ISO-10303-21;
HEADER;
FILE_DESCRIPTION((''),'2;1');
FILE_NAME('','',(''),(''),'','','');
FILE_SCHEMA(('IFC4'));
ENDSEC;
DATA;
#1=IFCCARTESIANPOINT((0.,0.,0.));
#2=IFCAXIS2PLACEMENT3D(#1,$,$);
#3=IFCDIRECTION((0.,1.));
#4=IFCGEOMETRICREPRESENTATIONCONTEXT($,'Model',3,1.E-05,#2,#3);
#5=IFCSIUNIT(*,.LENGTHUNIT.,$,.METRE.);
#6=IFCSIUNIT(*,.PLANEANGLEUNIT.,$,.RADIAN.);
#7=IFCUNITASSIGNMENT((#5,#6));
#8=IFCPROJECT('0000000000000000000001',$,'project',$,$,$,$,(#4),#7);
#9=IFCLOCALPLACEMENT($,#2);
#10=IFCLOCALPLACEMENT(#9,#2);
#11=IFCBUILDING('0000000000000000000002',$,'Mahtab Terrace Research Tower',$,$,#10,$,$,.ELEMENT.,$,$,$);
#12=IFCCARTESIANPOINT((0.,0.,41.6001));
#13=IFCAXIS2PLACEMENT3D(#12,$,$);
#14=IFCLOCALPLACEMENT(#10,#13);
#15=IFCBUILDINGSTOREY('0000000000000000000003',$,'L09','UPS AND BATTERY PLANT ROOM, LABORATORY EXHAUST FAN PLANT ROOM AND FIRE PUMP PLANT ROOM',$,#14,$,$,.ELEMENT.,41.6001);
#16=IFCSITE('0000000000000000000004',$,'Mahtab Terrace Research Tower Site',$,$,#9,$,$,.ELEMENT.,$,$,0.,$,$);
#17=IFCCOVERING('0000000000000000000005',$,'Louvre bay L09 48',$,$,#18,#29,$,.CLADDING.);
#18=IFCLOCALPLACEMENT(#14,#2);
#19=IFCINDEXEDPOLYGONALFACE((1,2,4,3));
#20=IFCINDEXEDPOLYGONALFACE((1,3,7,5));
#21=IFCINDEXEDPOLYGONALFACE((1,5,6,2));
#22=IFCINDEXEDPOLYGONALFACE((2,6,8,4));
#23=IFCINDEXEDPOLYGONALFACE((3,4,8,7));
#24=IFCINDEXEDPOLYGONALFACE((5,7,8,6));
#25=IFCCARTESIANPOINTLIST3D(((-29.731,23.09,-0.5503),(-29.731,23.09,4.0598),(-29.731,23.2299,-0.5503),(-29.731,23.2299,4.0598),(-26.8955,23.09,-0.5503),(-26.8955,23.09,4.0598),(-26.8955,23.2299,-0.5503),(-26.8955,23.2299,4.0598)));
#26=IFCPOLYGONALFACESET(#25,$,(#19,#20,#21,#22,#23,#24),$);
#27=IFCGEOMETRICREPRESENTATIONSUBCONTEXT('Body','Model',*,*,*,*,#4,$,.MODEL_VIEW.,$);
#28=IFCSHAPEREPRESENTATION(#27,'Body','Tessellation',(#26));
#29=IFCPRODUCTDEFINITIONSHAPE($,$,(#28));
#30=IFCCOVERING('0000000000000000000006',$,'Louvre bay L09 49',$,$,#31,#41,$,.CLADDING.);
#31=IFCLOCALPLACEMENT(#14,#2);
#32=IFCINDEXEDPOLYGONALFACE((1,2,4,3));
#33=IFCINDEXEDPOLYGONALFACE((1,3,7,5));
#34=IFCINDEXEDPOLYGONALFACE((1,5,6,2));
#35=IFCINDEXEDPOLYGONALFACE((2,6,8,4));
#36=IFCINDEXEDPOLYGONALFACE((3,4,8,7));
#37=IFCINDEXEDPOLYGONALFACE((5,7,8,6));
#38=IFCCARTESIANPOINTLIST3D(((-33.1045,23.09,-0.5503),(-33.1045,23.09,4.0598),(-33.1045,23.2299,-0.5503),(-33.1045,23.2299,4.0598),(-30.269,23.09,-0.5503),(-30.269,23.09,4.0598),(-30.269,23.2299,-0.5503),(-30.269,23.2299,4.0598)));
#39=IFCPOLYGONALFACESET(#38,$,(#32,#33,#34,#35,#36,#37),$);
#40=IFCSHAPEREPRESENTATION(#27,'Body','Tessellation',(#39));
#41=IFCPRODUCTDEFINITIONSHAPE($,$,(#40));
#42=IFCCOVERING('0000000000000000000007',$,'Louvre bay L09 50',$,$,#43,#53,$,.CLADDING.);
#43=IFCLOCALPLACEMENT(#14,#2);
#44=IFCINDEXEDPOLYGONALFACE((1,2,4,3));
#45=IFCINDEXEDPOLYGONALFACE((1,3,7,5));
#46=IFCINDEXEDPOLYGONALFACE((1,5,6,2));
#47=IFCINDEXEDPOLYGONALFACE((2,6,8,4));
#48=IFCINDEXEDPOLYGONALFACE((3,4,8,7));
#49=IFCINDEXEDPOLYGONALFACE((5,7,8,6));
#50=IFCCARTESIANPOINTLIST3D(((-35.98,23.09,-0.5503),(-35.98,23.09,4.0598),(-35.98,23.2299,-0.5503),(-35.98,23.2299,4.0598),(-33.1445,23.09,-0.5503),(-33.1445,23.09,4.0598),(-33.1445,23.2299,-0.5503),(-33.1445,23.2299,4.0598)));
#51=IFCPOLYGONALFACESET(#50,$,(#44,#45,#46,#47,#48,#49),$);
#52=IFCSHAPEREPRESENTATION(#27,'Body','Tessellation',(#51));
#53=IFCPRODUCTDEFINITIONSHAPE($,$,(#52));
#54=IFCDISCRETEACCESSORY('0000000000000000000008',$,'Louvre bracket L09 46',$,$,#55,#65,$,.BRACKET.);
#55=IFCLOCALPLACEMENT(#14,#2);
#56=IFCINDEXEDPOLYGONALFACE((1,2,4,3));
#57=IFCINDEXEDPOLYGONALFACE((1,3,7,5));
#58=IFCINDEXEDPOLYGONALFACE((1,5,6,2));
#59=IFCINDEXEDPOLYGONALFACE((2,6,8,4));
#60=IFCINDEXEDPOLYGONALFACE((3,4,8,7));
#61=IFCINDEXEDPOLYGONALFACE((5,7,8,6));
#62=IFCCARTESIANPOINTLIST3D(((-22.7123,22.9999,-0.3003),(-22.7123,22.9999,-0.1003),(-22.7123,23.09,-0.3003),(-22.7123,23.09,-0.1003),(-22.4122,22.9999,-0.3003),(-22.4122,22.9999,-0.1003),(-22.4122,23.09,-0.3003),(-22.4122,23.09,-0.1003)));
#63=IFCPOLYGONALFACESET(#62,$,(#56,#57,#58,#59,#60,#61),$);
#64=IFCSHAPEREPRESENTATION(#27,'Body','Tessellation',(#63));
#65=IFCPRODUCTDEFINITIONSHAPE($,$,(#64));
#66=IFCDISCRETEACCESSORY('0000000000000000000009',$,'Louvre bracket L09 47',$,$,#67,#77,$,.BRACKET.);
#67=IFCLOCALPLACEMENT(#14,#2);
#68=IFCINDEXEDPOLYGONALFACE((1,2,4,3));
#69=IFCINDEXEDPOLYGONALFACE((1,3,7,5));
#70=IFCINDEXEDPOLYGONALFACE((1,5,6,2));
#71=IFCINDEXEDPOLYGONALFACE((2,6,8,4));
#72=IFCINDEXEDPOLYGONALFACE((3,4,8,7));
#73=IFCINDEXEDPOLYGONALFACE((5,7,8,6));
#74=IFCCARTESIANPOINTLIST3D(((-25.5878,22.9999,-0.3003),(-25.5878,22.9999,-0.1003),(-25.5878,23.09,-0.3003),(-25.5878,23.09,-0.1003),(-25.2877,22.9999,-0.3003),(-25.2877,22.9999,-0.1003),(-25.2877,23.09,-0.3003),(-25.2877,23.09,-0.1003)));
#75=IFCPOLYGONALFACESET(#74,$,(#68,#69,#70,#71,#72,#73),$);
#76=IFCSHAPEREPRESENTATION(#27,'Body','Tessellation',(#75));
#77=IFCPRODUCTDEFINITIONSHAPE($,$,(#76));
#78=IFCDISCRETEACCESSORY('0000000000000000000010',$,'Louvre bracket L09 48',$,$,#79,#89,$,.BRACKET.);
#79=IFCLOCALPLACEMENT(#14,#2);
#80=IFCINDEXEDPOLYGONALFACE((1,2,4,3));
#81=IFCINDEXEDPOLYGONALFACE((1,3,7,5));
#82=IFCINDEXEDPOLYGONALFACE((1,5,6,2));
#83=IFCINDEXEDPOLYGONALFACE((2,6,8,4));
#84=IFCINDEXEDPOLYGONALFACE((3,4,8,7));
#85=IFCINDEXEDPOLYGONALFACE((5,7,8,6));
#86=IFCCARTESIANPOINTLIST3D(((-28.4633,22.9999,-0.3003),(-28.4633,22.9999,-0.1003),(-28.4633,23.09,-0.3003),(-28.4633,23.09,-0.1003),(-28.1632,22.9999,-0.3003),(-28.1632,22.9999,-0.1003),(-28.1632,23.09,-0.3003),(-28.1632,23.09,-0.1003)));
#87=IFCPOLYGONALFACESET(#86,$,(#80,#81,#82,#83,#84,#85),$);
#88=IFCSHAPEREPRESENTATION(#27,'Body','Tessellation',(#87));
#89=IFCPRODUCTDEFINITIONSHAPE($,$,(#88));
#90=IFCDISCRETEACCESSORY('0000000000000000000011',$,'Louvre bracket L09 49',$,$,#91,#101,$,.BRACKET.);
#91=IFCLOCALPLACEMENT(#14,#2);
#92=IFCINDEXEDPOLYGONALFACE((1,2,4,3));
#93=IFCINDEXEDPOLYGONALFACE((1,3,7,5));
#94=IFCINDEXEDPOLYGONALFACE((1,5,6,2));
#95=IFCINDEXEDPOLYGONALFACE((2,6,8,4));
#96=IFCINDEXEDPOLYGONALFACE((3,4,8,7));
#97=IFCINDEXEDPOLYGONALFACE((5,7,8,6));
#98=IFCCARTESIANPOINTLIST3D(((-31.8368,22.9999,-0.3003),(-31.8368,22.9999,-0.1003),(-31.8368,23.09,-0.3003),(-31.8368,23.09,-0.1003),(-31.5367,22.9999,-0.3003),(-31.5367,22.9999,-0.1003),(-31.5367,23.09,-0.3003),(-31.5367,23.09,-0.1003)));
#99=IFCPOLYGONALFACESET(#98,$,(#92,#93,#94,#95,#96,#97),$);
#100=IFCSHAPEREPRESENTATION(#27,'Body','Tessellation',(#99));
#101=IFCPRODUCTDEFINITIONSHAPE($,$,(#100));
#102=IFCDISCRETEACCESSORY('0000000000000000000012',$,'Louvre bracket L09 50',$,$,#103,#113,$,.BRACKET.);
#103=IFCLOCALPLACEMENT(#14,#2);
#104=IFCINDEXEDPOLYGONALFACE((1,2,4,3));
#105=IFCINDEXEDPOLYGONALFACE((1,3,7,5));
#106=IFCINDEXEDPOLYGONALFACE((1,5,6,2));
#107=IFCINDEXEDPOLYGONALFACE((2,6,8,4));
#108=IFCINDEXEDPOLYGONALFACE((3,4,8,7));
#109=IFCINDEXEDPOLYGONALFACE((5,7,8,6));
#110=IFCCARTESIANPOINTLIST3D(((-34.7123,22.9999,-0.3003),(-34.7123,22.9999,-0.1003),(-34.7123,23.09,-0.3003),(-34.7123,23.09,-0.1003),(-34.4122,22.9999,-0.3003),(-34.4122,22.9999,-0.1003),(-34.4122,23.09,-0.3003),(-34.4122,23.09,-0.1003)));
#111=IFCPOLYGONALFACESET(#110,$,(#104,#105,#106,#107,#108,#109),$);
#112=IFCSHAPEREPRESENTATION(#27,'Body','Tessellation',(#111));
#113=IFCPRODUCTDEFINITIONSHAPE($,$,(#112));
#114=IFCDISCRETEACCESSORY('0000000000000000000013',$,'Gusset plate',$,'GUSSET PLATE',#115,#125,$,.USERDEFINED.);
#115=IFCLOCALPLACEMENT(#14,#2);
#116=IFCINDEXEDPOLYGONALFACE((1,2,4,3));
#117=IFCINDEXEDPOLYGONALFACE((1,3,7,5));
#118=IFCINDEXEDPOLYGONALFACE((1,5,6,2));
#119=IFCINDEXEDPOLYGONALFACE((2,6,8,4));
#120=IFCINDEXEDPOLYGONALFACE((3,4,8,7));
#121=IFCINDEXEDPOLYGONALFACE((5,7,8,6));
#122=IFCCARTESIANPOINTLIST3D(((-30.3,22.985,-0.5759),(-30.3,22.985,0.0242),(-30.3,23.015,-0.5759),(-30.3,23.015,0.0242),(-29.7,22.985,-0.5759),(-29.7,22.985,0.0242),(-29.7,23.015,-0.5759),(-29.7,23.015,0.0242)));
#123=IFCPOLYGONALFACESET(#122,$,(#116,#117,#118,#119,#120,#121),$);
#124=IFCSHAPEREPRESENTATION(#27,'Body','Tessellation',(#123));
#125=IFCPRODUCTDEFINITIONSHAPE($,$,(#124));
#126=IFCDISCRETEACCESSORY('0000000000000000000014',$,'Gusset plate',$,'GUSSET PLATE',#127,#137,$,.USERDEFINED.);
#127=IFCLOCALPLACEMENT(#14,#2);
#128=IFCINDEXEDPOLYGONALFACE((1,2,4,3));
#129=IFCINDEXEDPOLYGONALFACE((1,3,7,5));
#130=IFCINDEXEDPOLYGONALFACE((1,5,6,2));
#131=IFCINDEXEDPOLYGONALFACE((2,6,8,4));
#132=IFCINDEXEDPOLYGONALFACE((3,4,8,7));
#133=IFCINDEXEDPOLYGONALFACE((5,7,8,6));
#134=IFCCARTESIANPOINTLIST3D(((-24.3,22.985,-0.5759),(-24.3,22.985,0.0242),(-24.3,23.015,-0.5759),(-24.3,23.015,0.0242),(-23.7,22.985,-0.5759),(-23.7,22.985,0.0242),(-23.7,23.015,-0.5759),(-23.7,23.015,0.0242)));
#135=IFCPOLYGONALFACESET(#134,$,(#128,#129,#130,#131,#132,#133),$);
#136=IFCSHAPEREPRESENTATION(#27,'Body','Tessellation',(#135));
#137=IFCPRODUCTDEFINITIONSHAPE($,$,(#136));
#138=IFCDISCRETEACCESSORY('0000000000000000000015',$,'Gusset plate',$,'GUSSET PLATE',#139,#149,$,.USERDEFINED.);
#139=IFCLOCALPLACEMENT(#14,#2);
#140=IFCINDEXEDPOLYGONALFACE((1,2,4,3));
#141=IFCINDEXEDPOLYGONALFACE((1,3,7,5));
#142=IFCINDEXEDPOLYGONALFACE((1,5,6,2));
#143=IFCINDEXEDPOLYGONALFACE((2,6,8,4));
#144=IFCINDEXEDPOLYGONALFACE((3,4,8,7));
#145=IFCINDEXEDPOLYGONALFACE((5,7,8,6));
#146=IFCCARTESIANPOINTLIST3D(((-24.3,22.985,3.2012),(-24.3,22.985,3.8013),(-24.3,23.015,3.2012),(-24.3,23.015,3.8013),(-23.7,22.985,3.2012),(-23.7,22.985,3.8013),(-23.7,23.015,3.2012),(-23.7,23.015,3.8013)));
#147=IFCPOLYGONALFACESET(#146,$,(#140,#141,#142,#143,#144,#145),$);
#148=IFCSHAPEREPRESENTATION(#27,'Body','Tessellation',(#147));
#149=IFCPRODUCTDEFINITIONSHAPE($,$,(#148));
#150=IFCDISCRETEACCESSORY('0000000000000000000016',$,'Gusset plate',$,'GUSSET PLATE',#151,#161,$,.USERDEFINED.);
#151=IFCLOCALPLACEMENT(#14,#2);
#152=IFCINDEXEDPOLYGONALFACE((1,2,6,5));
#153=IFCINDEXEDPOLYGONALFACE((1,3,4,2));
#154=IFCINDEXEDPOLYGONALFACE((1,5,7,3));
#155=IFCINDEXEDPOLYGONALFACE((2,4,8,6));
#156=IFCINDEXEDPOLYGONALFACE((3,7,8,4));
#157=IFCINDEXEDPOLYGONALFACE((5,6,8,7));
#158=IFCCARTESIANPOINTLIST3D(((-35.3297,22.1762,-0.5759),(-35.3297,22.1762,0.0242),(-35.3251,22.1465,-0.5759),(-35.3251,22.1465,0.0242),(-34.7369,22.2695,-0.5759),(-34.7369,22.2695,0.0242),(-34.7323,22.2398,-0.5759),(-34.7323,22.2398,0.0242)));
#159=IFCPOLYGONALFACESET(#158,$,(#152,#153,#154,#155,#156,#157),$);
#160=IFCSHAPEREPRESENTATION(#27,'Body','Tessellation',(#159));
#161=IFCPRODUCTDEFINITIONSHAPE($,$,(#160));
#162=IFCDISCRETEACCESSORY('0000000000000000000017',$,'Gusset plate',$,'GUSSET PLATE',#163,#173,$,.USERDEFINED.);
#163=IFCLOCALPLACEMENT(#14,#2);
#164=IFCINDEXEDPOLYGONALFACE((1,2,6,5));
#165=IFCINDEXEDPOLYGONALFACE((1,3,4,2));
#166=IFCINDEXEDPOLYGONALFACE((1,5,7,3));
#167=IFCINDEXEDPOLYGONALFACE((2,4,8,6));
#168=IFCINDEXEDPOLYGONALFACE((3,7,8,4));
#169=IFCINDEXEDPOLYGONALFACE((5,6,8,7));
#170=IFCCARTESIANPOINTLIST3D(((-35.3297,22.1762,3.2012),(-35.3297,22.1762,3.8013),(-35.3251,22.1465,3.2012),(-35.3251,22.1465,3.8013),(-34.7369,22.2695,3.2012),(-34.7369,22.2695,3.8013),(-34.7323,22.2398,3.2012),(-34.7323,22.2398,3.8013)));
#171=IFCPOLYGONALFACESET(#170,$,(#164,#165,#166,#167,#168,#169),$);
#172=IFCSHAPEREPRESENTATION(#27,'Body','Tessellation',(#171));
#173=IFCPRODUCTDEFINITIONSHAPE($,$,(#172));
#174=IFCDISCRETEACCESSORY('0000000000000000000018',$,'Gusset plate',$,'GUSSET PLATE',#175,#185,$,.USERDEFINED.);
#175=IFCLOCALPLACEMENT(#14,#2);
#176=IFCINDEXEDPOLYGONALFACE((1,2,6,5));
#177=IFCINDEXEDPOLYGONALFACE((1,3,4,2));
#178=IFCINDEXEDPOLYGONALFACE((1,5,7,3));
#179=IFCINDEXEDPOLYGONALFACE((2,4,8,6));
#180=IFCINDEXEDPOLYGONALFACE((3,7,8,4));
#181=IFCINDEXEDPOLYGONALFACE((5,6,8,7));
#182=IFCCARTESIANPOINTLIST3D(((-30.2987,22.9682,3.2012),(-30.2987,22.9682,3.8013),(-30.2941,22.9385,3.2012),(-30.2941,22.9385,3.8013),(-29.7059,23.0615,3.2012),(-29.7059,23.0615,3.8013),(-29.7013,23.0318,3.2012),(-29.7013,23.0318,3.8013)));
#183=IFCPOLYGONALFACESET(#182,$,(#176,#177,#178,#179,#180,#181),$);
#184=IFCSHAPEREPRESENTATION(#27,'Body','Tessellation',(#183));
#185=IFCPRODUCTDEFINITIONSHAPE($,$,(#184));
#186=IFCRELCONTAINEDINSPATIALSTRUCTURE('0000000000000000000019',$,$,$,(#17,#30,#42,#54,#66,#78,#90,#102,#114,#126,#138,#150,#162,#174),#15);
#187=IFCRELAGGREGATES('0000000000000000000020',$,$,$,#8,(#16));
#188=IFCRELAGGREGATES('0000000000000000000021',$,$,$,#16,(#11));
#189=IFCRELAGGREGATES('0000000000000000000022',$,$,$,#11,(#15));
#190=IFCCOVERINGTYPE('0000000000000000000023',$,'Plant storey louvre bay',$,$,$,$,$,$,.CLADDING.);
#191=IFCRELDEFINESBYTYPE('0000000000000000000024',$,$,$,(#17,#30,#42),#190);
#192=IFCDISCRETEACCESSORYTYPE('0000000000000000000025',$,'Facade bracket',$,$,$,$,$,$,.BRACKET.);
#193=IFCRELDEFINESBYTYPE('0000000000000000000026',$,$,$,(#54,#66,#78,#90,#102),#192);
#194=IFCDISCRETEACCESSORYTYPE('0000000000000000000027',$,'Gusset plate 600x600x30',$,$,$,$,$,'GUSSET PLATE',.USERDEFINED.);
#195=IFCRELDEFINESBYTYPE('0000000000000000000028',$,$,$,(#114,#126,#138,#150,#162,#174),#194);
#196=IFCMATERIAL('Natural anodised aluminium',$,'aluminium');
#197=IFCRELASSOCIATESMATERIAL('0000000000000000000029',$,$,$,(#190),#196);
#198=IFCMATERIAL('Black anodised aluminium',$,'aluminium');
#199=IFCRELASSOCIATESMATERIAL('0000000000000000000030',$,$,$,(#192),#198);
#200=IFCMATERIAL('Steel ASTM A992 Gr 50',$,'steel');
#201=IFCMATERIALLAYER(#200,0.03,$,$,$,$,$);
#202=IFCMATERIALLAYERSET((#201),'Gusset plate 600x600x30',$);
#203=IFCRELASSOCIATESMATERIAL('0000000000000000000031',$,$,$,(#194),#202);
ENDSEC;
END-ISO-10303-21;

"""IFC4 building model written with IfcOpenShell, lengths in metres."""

from ifc_helpers import new_model, si_unit, direction, frame, origin, origin_2d, place, context, subcontext, project, spatial, rectangle, extrude, material, layer, layer_set, type_object, element, save


model = new_model("IFC4")

# Units and contexts
model_context = context("Model", 3, precision=1e-05, world=origin(), true_north=direction((0.0, 1.0)))
body_context = subcontext(model_context, "Body", "Model", "MODEL_VIEW")
ifc_project = project(units=[si_unit("LENGTHUNIT", "METRE"), si_unit("PLANEANGLEUNIT", "RADIAN")], contexts=[model_context])

# Site, building, storey
site_placement = place(None, origin())
site = spatial("IfcSite", under=ifc_project, at=site_placement, Name="Mahtab Terrace Research Tower Site", CompositionType="ELEMENT", RefElevation=0.0)
building_placement = place(site_placement, origin())
building = spatial("IfcBuilding", under=site, at=building_placement, Name="Mahtab Terrace Research Tower", CompositionType="ELEMENT")
storey_placement = place(building_placement, frame((0.0, 0.0, 41.6001)))
storey = spatial("IfcBuildingStorey", under=building, at=storey_placement, Name="L09", Description="UPS AND BATTERY PLANT ROOM, LABORATORY EXHAUST FAN PLANT ROOM AND FIRE PUMP PLANT ROOM", CompositionType="ELEMENT", Elevation=41.6001)

# Shared definitions
ifc_material_1 = material(Name="Steel ASTM A992 Gr 50", Category="steel")

# Coverings
ifc_material_2 = material(Name="Natural anodised aluminium", Category="aluminium")
covering_type = type_object("IfcCoveringType", Name="Plant storey louvre bay", PredefinedType="CLADDING", material=ifc_material_2)
for number, where, z_axis, x_axis, name in (
    (1, (-28.3132, 23.1599, -0.5503), (0.0, 0.0, 1.0), (-1.0, 0.0, 0.0), "Louvre bay L09 48"),
    (2, (-31.6868, 23.1599, -0.5503), (0.0, 0.0, 1.0), (-1.0, 0.0, 0.0), "Louvre bay L09 49"),
    (3, (-34.5623, 23.1599, -0.5503), (0.0, 0.0, 1.0), (-1.0, 0.0, 0.0), "Louvre bay L09 50"),
):
    element("IfcCovering", number, at=place(storey_placement, frame(where, z_axis=z_axis, x_axis=x_axis)), inside=storey, type_object=covering_type, Name=name, PredefinedType="CLADDING", context=body_context, shape_type="SweptSolid", body=[
        extrude(rectangle(XDim=2.8354, YDim=0.1399, at=origin_2d()), origin(), (0.0, 0.0, 1.0), 4.6101),
    ])

# Discrete accessories
ifc_material_3 = material(Name="Black anodised aluminium", Category="aluminium")
discrete_accessory_type_1 = type_object("IfcDiscreteAccessoryType", Name="Facade bracket", PredefinedType="BRACKET", material=ifc_material_3)
for number, where, z_axis, x_axis, name in (
    (4, (-22.5623, 23.0449, -0.3003), (0.0, 0.0, 1.0), (-1.0, 0.0, 0.0), "Louvre bracket L09 46"),
    (5, (-25.4377, 23.0449, -0.3003), (0.0, 0.0, 1.0), (-1.0, 0.0, 0.0), "Louvre bracket L09 47"),
    (6, (-28.3132, 23.0449, -0.3003), (0.0, 0.0, 1.0), (-1.0, 0.0, 0.0), "Louvre bracket L09 48"),
    (7, (-31.6868, 23.0449, -0.3003), (0.0, 0.0, 1.0), (-1.0, 0.0, 0.0), "Louvre bracket L09 49"),
    (8, (-34.5623, 23.0449, -0.3003), (0.0, 0.0, 1.0), (-1.0, 0.0, 0.0), "Louvre bracket L09 50"),
):
    element("IfcDiscreteAccessory", number, at=place(storey_placement, frame(where, z_axis=z_axis, x_axis=x_axis)), inside=storey, type_object=discrete_accessory_type_1, Name=name, PredefinedType="BRACKET", context=body_context, shape_type="SweptSolid", body=[
        extrude(rectangle(XDim=0.3, YDim=0.0901, at=origin_2d()), origin(), (0.0, 0.0, 1.0), 0.2),
    ])
ifc_layer = layer(ifc_material_1, 0.03)
ifc_layer_set = layer_set([ifc_layer], Name="Gusset plate 600x600x30")
discrete_accessory_type_2 = type_object("IfcDiscreteAccessoryType", Name="Gusset plate 600x600x30", ElementType="GUSSET PLATE", PredefinedType="USERDEFINED", material=ifc_layer_set)
for number, where, z_axis, x_axis, name in (
    (9, (-30.0, 23.0, -0.5759), (0.0, 0.0, 1.0), (1.0, 0.0, 0.0), "Gusset plate"),
    (10, (-24.0, 23.0, -0.5759), (0.0, 0.0, 1.0), (1.0, 0.0, 0.0), "Gusset plate"),
    (11, (-24.0, 23.0, 3.2012), (0.0, 0.0, 1.0), (1.0, 0.0, 0.0), "Gusset plate"),
    (12, (-35.031, 22.208, -0.5759), (0.0, 0.0, 1.0), (0.987835, 0.155504, 0.0), "Gusset plate"),
    (13, (-35.031, 22.208, 3.2012), (0.0, 0.0, 1.0), (0.987835, 0.155504, 0.0), "Gusset plate"),
    (14, (-30.0, 23.0, 3.2012), (0.0, 0.0, 1.0), (0.987835, 0.155504, 0.0), "Gusset plate"),
):
    element("IfcDiscreteAccessory", number, at=place(storey_placement, frame(where, z_axis=z_axis, x_axis=x_axis)), inside=storey, type_object=discrete_accessory_type_2, Name=name, ObjectType="GUSSET PLATE", PredefinedType="USERDEFINED", context=body_context, shape_type="SweptSolid", body=[
        extrude(rectangle(XDim=0.6001, YDim=0.03, at=origin_2d()), origin(), (0.0, 0.0, 1.0), 0.6001),
    ])

save(model, "model.ifc")
